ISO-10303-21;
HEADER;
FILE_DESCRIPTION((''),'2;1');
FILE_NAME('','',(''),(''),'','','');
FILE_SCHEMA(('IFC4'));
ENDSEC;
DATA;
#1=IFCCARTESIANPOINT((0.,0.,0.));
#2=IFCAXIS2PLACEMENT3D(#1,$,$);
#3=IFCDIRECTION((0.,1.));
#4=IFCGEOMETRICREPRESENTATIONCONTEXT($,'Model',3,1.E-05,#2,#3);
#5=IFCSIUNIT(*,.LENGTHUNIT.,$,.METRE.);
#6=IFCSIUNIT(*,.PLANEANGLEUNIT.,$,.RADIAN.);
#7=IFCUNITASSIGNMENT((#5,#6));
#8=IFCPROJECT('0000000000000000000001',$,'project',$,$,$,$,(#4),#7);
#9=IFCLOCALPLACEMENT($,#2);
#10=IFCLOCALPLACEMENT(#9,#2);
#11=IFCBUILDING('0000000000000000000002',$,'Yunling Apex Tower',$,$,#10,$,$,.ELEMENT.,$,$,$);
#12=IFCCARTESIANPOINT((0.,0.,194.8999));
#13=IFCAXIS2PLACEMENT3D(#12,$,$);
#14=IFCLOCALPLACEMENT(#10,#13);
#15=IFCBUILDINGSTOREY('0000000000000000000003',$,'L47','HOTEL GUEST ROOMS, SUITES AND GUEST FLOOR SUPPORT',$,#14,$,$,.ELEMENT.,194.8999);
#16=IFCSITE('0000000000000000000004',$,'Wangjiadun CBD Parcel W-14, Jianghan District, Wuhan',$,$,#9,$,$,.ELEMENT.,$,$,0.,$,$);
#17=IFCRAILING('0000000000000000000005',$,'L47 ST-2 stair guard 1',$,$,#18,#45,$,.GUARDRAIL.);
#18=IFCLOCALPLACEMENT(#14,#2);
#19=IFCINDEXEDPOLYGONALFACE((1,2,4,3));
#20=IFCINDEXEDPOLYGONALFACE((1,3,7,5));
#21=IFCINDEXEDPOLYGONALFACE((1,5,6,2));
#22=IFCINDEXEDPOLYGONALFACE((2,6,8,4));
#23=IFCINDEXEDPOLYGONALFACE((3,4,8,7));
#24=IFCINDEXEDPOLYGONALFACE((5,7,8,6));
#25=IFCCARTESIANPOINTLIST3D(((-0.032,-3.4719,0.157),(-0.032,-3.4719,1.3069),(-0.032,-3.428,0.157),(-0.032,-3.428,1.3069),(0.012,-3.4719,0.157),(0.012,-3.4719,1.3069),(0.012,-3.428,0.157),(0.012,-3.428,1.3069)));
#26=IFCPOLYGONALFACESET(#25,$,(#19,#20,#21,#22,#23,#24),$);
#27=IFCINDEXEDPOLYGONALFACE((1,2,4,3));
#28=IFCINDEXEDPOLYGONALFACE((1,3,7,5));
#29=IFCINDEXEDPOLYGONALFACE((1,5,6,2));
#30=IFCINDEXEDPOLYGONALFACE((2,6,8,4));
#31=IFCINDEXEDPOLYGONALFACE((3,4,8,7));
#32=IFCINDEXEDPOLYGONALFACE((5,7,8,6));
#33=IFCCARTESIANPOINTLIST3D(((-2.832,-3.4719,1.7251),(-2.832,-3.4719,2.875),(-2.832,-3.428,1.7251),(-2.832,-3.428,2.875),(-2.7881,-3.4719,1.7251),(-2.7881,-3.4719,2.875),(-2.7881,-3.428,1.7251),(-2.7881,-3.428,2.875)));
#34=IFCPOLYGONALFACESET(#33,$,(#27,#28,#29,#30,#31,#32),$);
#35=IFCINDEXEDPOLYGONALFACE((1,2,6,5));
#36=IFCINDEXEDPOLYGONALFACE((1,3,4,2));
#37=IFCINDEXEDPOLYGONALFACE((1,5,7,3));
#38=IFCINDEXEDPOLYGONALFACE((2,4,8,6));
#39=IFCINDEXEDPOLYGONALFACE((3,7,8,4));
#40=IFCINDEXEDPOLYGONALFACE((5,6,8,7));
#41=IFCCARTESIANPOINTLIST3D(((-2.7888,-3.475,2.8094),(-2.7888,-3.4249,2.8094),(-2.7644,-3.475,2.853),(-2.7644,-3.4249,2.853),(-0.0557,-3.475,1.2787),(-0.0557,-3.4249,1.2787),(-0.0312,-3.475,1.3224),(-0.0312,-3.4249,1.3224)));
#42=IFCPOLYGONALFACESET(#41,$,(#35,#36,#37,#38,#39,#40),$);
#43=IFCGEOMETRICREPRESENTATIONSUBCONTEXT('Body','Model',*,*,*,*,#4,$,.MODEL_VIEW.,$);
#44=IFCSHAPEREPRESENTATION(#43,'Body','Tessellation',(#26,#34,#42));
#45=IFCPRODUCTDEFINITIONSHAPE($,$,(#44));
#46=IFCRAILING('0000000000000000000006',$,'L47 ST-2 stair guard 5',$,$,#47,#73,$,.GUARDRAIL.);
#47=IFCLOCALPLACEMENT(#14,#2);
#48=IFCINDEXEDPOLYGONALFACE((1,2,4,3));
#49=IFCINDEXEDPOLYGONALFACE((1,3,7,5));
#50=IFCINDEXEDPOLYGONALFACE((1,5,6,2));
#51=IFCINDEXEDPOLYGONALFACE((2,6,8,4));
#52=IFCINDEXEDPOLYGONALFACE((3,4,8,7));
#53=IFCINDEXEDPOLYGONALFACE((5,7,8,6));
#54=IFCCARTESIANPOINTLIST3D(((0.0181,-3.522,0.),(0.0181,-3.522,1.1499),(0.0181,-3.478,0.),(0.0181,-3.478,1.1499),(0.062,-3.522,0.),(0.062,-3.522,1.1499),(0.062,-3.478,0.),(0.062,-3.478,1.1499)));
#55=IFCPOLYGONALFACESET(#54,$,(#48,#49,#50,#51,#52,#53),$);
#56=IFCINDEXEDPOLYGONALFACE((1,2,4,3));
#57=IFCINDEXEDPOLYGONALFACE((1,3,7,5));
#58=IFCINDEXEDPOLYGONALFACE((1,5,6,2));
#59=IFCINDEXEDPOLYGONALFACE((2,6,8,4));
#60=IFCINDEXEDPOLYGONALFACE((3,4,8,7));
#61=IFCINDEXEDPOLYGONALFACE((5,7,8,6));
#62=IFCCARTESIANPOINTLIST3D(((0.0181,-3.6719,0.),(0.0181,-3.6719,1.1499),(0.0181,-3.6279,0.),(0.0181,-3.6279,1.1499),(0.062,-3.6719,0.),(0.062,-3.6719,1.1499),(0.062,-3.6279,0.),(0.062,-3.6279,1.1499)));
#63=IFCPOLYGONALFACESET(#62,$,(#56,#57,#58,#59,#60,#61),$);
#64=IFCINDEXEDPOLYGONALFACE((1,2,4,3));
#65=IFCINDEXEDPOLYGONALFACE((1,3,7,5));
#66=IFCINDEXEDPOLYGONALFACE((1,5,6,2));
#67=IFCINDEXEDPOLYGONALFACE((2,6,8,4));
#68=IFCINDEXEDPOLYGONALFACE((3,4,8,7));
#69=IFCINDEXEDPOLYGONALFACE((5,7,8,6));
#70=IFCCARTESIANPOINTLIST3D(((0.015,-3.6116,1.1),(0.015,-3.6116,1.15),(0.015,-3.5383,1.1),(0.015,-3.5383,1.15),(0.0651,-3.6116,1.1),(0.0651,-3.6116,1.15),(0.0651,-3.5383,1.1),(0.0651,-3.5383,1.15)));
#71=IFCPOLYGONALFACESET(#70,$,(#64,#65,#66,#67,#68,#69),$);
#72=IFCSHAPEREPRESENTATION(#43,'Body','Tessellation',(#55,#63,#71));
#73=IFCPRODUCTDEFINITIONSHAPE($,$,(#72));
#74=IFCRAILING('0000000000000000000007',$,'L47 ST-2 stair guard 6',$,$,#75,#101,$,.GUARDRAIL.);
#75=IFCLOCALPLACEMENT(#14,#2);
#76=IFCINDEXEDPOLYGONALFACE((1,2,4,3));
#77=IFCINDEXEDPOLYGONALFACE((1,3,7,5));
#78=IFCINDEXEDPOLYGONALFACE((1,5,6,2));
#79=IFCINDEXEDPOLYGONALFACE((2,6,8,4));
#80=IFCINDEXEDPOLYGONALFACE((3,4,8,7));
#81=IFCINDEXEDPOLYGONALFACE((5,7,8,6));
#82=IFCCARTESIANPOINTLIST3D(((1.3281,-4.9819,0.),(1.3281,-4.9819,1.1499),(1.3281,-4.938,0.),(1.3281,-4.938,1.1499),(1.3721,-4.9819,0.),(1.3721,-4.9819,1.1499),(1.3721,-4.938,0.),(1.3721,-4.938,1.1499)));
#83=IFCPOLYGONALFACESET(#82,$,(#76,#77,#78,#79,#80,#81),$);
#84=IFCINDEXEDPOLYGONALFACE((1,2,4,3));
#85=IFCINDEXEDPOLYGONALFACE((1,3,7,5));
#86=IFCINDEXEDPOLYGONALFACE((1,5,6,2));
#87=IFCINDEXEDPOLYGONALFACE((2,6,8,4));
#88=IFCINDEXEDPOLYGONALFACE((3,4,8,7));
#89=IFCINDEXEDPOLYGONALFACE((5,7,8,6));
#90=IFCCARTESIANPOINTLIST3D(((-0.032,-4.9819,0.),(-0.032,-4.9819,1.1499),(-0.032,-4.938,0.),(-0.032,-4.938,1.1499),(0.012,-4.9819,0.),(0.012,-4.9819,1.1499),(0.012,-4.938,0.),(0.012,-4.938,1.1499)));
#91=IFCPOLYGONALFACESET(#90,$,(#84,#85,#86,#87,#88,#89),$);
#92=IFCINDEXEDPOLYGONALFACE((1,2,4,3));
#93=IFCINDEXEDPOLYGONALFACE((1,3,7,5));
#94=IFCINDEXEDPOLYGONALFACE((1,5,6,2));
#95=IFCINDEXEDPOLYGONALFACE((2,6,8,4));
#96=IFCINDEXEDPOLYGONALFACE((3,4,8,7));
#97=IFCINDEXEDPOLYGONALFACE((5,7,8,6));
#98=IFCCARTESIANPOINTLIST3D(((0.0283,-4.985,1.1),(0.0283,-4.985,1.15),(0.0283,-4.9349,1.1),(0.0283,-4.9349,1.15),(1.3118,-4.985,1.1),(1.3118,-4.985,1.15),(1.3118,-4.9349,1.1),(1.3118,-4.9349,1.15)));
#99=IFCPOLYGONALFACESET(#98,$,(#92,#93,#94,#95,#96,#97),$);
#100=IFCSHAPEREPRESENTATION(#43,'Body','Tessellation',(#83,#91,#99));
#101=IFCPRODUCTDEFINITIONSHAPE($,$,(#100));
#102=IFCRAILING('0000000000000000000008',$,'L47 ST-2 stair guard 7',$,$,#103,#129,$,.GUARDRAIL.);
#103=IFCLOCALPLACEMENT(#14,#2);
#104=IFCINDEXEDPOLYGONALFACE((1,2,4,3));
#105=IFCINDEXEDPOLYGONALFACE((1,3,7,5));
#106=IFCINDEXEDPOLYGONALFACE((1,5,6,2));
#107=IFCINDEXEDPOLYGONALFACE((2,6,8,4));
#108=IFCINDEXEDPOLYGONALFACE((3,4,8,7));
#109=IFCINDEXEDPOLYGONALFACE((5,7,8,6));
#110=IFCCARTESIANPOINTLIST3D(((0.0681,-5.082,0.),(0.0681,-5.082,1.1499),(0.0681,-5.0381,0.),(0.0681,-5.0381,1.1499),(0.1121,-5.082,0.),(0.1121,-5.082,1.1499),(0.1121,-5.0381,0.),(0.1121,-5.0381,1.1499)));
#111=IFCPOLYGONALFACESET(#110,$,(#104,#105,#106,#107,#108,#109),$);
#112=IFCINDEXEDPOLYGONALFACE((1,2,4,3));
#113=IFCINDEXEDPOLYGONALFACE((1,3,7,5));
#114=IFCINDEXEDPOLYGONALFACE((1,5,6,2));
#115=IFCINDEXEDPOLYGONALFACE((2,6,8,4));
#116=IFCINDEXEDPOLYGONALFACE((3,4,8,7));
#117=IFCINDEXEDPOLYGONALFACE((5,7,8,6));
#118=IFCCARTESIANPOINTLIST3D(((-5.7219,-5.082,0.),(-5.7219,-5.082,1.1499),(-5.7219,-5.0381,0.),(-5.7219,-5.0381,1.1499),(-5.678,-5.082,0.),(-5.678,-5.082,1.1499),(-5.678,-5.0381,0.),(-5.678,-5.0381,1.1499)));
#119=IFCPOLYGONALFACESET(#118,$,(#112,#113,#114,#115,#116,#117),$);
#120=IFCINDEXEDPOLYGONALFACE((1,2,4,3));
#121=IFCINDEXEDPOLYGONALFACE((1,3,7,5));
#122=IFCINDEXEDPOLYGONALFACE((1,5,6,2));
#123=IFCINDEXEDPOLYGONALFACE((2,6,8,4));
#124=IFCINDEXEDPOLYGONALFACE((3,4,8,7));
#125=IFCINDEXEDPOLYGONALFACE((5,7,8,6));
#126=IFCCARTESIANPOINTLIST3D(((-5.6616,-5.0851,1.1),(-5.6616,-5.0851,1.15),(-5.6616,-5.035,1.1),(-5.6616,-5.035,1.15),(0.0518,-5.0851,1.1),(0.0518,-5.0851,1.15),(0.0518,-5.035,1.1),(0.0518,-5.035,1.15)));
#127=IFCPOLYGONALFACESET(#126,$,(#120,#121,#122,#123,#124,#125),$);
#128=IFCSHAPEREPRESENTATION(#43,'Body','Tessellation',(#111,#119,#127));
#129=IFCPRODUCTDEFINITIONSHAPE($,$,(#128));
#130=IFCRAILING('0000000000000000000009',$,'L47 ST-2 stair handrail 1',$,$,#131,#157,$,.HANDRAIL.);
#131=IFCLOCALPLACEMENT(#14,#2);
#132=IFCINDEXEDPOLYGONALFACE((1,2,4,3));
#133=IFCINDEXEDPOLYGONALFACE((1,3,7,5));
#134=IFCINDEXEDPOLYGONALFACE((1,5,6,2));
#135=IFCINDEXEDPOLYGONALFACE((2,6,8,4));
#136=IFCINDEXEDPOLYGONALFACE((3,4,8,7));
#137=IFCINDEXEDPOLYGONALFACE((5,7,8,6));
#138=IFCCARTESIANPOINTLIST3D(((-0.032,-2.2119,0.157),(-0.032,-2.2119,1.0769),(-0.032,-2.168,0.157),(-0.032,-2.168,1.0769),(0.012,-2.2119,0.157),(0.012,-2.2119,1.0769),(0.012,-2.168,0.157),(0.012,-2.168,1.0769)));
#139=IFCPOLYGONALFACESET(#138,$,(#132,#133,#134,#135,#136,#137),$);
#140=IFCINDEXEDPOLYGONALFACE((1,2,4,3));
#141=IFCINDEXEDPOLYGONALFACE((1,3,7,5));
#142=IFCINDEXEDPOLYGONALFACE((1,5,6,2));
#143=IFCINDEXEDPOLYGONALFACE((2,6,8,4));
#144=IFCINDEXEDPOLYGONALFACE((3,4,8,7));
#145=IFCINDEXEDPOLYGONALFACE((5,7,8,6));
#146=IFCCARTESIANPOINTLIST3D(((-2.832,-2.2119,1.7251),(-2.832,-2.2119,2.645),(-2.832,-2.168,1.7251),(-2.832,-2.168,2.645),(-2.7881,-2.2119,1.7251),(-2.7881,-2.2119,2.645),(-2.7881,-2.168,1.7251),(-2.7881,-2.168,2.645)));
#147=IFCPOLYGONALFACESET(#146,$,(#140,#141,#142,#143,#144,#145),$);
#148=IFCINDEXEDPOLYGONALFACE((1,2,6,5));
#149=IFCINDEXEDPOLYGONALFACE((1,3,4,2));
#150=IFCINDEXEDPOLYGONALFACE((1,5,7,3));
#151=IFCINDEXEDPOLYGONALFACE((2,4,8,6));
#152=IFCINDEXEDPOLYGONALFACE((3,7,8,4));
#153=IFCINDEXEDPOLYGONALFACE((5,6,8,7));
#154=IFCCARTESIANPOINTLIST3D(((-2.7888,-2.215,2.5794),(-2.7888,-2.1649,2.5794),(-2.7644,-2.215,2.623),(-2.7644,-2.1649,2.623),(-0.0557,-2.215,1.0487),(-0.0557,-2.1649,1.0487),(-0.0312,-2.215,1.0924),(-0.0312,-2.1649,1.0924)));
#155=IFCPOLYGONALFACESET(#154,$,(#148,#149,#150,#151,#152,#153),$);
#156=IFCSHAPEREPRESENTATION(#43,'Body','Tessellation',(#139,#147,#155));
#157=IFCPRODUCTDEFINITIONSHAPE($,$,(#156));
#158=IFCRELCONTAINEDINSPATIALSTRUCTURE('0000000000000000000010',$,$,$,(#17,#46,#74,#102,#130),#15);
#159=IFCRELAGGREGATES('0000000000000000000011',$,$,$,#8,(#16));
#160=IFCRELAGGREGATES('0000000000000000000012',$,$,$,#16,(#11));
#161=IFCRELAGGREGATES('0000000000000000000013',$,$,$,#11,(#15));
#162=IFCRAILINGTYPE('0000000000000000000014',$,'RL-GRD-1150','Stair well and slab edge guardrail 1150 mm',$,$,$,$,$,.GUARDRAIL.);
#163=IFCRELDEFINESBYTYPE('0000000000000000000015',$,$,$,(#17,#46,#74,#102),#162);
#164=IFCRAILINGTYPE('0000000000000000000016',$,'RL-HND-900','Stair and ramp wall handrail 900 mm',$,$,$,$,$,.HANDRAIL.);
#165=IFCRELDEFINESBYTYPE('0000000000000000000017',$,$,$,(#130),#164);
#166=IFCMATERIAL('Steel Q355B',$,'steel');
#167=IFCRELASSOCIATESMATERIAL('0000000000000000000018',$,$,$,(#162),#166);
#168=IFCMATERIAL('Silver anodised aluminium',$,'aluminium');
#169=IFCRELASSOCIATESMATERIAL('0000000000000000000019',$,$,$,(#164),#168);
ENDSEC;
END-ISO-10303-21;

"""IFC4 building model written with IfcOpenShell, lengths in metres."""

from ifc_helpers import new_model, si_unit, direction, frame, origin, origin_2d, place, context, subcontext, project, spatial, rectangle, extrude, material, type_object, element, save


model = new_model("IFC4")

# Units and contexts
model_context = context("Model", 3, precision=1e-05, world=origin(), true_north=direction((0.0, 1.0)))
body_context = subcontext(model_context, "Body", "Model", "MODEL_VIEW")
ifc_project = project(units=[si_unit("LENGTHUNIT", "METRE"), si_unit("PLANEANGLEUNIT", "RADIAN")], contexts=[model_context])

# Site, building, storey
site_placement = place(None, origin())
site = spatial("IfcSite", under=ifc_project, at=site_placement, Name="Wangjiadun CBD Parcel W-14, Jianghan District, Wuhan", CompositionType="ELEMENT", RefElevation=0.0)
building_placement = place(site_placement, origin())
building = spatial("IfcBuilding", under=site, at=building_placement, Name="Yunling Apex Tower", CompositionType="ELEMENT")
storey_placement = place(building_placement, frame((0.0, 0.0, 194.8999)))
storey = spatial("IfcBuildingStorey", under=building, at=storey_placement, Name="L47", Description="HOTEL GUEST ROOMS, SUITES AND GUEST FLOOR SUPPORT", CompositionType="ELEMENT", Elevation=194.8999)

# Shared definitions
ifc_material_1 = material(Name="Steel Q355B", Category="steel")

# Railings
railing_type_1 = type_object("IfcRailingType", Name="RL-GRD-1150", Description="Stair well and slab edge guardrail 1150 mm", PredefinedType="GUARDRAIL", material=ifc_material_1)
railing_1_placement = place(storey_placement, frame((-0.01, -3.45, 0.157)))
element("IfcRailing", 1, at=railing_1_placement, inside=storey, type_object=railing_type_1, Name="L47 ST-2 stair guard 1", PredefinedType="GUARDRAIL", context=body_context, shape_type="SweptSolid", body=[
    extrude(rectangle(XDim=0.0439, YDim=0.0439, at=origin_2d()), origin(), (0.0, 0.0, 1.0), 1.1499),
    extrude(rectangle(XDim=0.0439, YDim=0.0439, at=origin_2d()), frame((-2.8, 0.0, 1.5681)), (0.0, 0.0, 1.0), 1.1499),
    extrude(rectangle(XDim=0.05, YDim=0.05, at=origin_2d()), frame((-0.0334, 0.0, 1.1436), z_axis=(-0.872494, 0.0, 0.488624), x_axis=(0.0, -1.0, 0.0)), (0.0, 0.0, 1.0), 3.1326),
])
railing_2_placement = place(storey_placement, frame((0.04, -3.5, 0.0)))
element("IfcRailing", 2, at=railing_2_placement, inside=storey, type_object=railing_type_1, Name="L47 ST-2 stair guard 5", PredefinedType="GUARDRAIL", context=body_context, shape_type="SweptSolid", body=[
    extrude(rectangle(XDim=0.0439, YDim=0.0439, at=origin_2d()), origin(), (0.0, 0.0, 1.0), 1.1499),
    extrude(rectangle(XDim=0.0439, YDim=0.0439, at=origin_2d()), frame((0.0, -0.1499, 0.0)), (0.0, 0.0, 1.0), 1.1499),
    extrude(rectangle(XDim=0.05, YDim=0.05, at=origin_2d()), frame((0.0, -0.0383, 1.125), z_axis=(0.0, -1.0, 0.0), x_axis=(1.0, 0.0, 0.0)), (0.0, 0.0, 1.0), 0.0732),
])
railing_3_placement = place(storey_placement, frame((1.3501, -4.96, 0.0)))
element("IfcRailing", 3, at=railing_3_placement, inside=storey, type_object=railing_type_1, Name="L47 ST-2 stair guard 6", PredefinedType="GUARDRAIL", context=body_context, shape_type="SweptSolid", body=[
    extrude(rectangle(XDim=0.0439, YDim=0.0439, at=origin_2d()), origin(), (0.0, 0.0, 1.0), 1.1499),
    extrude(rectangle(XDim=0.0439, YDim=0.0439, at=origin_2d()), frame((-1.3601, 0.0, 0.0)), (0.0, 0.0, 1.0), 1.1499),
    extrude(rectangle(XDim=0.05, YDim=0.05, at=origin_2d()), frame((-0.0383, 0.0, 1.125), z_axis=(-1.0, 0.0, 0.0), x_axis=(0.0, -1.0, 0.0)), (0.0, 0.0, 1.0), 1.2834),
])
railing_4_placement = place(storey_placement, frame((0.0901, -5.0601, 0.0)))
element("IfcRailing", 4, at=railing_4_placement, inside=storey, type_object=railing_type_1, Name="L47 ST-2 stair guard 7", PredefinedType="GUARDRAIL", context=body_context, shape_type="SweptSolid", body=[
    extrude(rectangle(XDim=0.0439, YDim=0.0439, at=origin_2d()), origin(), (0.0, 0.0, 1.0), 1.1499),
    extrude(rectangle(XDim=0.0439, YDim=0.0439, at=origin_2d()), frame((-5.79, 0.0, 0.0)), (0.0, 0.0, 1.0), 1.1499),
    extrude(rectangle(XDim=0.05, YDim=0.05, at=origin_2d()), frame((-0.0383, 0.0, 1.125), z_axis=(-1.0, 0.0, 0.0), x_axis=(0.0, -1.0, 0.0)), (0.0, 0.0, 1.0), 5.7134),
])
ifc_material_2 = material(Name="Silver anodised aluminium", Category="aluminium")
railing_type_2 = type_object("IfcRailingType", Name="RL-HND-900", Description="Stair and ramp wall handrail 900 mm", PredefinedType="HANDRAIL", material=ifc_material_2)
railing_5_placement = place(storey_placement, frame((-0.01, -2.1899, 0.157)))
element("IfcRailing", 5, at=railing_5_placement, inside=storey, type_object=railing_type_2, Name="L47 ST-2 stair handrail 1", PredefinedType="HANDRAIL", context=body_context, shape_type="SweptSolid", body=[
    extrude(rectangle(XDim=0.0439, YDim=0.0439, at=origin_2d()), origin(), (0.0, 0.0, 1.0), 0.9199),
    extrude(rectangle(XDim=0.0439, YDim=0.0439, at=origin_2d()), frame((-2.8, 0.0, 1.5681)), (0.0, 0.0, 1.0), 0.9199),
    extrude(rectangle(XDim=0.05, YDim=0.05, at=origin_2d()), frame((-0.0334, 0.0, 0.9136), z_axis=(-0.872494, 0.0, 0.488624), x_axis=(0.0, -1.0, 0.0)), (0.0, 0.0, 1.0), 3.1326),
])

save(model, "model.ifc")
